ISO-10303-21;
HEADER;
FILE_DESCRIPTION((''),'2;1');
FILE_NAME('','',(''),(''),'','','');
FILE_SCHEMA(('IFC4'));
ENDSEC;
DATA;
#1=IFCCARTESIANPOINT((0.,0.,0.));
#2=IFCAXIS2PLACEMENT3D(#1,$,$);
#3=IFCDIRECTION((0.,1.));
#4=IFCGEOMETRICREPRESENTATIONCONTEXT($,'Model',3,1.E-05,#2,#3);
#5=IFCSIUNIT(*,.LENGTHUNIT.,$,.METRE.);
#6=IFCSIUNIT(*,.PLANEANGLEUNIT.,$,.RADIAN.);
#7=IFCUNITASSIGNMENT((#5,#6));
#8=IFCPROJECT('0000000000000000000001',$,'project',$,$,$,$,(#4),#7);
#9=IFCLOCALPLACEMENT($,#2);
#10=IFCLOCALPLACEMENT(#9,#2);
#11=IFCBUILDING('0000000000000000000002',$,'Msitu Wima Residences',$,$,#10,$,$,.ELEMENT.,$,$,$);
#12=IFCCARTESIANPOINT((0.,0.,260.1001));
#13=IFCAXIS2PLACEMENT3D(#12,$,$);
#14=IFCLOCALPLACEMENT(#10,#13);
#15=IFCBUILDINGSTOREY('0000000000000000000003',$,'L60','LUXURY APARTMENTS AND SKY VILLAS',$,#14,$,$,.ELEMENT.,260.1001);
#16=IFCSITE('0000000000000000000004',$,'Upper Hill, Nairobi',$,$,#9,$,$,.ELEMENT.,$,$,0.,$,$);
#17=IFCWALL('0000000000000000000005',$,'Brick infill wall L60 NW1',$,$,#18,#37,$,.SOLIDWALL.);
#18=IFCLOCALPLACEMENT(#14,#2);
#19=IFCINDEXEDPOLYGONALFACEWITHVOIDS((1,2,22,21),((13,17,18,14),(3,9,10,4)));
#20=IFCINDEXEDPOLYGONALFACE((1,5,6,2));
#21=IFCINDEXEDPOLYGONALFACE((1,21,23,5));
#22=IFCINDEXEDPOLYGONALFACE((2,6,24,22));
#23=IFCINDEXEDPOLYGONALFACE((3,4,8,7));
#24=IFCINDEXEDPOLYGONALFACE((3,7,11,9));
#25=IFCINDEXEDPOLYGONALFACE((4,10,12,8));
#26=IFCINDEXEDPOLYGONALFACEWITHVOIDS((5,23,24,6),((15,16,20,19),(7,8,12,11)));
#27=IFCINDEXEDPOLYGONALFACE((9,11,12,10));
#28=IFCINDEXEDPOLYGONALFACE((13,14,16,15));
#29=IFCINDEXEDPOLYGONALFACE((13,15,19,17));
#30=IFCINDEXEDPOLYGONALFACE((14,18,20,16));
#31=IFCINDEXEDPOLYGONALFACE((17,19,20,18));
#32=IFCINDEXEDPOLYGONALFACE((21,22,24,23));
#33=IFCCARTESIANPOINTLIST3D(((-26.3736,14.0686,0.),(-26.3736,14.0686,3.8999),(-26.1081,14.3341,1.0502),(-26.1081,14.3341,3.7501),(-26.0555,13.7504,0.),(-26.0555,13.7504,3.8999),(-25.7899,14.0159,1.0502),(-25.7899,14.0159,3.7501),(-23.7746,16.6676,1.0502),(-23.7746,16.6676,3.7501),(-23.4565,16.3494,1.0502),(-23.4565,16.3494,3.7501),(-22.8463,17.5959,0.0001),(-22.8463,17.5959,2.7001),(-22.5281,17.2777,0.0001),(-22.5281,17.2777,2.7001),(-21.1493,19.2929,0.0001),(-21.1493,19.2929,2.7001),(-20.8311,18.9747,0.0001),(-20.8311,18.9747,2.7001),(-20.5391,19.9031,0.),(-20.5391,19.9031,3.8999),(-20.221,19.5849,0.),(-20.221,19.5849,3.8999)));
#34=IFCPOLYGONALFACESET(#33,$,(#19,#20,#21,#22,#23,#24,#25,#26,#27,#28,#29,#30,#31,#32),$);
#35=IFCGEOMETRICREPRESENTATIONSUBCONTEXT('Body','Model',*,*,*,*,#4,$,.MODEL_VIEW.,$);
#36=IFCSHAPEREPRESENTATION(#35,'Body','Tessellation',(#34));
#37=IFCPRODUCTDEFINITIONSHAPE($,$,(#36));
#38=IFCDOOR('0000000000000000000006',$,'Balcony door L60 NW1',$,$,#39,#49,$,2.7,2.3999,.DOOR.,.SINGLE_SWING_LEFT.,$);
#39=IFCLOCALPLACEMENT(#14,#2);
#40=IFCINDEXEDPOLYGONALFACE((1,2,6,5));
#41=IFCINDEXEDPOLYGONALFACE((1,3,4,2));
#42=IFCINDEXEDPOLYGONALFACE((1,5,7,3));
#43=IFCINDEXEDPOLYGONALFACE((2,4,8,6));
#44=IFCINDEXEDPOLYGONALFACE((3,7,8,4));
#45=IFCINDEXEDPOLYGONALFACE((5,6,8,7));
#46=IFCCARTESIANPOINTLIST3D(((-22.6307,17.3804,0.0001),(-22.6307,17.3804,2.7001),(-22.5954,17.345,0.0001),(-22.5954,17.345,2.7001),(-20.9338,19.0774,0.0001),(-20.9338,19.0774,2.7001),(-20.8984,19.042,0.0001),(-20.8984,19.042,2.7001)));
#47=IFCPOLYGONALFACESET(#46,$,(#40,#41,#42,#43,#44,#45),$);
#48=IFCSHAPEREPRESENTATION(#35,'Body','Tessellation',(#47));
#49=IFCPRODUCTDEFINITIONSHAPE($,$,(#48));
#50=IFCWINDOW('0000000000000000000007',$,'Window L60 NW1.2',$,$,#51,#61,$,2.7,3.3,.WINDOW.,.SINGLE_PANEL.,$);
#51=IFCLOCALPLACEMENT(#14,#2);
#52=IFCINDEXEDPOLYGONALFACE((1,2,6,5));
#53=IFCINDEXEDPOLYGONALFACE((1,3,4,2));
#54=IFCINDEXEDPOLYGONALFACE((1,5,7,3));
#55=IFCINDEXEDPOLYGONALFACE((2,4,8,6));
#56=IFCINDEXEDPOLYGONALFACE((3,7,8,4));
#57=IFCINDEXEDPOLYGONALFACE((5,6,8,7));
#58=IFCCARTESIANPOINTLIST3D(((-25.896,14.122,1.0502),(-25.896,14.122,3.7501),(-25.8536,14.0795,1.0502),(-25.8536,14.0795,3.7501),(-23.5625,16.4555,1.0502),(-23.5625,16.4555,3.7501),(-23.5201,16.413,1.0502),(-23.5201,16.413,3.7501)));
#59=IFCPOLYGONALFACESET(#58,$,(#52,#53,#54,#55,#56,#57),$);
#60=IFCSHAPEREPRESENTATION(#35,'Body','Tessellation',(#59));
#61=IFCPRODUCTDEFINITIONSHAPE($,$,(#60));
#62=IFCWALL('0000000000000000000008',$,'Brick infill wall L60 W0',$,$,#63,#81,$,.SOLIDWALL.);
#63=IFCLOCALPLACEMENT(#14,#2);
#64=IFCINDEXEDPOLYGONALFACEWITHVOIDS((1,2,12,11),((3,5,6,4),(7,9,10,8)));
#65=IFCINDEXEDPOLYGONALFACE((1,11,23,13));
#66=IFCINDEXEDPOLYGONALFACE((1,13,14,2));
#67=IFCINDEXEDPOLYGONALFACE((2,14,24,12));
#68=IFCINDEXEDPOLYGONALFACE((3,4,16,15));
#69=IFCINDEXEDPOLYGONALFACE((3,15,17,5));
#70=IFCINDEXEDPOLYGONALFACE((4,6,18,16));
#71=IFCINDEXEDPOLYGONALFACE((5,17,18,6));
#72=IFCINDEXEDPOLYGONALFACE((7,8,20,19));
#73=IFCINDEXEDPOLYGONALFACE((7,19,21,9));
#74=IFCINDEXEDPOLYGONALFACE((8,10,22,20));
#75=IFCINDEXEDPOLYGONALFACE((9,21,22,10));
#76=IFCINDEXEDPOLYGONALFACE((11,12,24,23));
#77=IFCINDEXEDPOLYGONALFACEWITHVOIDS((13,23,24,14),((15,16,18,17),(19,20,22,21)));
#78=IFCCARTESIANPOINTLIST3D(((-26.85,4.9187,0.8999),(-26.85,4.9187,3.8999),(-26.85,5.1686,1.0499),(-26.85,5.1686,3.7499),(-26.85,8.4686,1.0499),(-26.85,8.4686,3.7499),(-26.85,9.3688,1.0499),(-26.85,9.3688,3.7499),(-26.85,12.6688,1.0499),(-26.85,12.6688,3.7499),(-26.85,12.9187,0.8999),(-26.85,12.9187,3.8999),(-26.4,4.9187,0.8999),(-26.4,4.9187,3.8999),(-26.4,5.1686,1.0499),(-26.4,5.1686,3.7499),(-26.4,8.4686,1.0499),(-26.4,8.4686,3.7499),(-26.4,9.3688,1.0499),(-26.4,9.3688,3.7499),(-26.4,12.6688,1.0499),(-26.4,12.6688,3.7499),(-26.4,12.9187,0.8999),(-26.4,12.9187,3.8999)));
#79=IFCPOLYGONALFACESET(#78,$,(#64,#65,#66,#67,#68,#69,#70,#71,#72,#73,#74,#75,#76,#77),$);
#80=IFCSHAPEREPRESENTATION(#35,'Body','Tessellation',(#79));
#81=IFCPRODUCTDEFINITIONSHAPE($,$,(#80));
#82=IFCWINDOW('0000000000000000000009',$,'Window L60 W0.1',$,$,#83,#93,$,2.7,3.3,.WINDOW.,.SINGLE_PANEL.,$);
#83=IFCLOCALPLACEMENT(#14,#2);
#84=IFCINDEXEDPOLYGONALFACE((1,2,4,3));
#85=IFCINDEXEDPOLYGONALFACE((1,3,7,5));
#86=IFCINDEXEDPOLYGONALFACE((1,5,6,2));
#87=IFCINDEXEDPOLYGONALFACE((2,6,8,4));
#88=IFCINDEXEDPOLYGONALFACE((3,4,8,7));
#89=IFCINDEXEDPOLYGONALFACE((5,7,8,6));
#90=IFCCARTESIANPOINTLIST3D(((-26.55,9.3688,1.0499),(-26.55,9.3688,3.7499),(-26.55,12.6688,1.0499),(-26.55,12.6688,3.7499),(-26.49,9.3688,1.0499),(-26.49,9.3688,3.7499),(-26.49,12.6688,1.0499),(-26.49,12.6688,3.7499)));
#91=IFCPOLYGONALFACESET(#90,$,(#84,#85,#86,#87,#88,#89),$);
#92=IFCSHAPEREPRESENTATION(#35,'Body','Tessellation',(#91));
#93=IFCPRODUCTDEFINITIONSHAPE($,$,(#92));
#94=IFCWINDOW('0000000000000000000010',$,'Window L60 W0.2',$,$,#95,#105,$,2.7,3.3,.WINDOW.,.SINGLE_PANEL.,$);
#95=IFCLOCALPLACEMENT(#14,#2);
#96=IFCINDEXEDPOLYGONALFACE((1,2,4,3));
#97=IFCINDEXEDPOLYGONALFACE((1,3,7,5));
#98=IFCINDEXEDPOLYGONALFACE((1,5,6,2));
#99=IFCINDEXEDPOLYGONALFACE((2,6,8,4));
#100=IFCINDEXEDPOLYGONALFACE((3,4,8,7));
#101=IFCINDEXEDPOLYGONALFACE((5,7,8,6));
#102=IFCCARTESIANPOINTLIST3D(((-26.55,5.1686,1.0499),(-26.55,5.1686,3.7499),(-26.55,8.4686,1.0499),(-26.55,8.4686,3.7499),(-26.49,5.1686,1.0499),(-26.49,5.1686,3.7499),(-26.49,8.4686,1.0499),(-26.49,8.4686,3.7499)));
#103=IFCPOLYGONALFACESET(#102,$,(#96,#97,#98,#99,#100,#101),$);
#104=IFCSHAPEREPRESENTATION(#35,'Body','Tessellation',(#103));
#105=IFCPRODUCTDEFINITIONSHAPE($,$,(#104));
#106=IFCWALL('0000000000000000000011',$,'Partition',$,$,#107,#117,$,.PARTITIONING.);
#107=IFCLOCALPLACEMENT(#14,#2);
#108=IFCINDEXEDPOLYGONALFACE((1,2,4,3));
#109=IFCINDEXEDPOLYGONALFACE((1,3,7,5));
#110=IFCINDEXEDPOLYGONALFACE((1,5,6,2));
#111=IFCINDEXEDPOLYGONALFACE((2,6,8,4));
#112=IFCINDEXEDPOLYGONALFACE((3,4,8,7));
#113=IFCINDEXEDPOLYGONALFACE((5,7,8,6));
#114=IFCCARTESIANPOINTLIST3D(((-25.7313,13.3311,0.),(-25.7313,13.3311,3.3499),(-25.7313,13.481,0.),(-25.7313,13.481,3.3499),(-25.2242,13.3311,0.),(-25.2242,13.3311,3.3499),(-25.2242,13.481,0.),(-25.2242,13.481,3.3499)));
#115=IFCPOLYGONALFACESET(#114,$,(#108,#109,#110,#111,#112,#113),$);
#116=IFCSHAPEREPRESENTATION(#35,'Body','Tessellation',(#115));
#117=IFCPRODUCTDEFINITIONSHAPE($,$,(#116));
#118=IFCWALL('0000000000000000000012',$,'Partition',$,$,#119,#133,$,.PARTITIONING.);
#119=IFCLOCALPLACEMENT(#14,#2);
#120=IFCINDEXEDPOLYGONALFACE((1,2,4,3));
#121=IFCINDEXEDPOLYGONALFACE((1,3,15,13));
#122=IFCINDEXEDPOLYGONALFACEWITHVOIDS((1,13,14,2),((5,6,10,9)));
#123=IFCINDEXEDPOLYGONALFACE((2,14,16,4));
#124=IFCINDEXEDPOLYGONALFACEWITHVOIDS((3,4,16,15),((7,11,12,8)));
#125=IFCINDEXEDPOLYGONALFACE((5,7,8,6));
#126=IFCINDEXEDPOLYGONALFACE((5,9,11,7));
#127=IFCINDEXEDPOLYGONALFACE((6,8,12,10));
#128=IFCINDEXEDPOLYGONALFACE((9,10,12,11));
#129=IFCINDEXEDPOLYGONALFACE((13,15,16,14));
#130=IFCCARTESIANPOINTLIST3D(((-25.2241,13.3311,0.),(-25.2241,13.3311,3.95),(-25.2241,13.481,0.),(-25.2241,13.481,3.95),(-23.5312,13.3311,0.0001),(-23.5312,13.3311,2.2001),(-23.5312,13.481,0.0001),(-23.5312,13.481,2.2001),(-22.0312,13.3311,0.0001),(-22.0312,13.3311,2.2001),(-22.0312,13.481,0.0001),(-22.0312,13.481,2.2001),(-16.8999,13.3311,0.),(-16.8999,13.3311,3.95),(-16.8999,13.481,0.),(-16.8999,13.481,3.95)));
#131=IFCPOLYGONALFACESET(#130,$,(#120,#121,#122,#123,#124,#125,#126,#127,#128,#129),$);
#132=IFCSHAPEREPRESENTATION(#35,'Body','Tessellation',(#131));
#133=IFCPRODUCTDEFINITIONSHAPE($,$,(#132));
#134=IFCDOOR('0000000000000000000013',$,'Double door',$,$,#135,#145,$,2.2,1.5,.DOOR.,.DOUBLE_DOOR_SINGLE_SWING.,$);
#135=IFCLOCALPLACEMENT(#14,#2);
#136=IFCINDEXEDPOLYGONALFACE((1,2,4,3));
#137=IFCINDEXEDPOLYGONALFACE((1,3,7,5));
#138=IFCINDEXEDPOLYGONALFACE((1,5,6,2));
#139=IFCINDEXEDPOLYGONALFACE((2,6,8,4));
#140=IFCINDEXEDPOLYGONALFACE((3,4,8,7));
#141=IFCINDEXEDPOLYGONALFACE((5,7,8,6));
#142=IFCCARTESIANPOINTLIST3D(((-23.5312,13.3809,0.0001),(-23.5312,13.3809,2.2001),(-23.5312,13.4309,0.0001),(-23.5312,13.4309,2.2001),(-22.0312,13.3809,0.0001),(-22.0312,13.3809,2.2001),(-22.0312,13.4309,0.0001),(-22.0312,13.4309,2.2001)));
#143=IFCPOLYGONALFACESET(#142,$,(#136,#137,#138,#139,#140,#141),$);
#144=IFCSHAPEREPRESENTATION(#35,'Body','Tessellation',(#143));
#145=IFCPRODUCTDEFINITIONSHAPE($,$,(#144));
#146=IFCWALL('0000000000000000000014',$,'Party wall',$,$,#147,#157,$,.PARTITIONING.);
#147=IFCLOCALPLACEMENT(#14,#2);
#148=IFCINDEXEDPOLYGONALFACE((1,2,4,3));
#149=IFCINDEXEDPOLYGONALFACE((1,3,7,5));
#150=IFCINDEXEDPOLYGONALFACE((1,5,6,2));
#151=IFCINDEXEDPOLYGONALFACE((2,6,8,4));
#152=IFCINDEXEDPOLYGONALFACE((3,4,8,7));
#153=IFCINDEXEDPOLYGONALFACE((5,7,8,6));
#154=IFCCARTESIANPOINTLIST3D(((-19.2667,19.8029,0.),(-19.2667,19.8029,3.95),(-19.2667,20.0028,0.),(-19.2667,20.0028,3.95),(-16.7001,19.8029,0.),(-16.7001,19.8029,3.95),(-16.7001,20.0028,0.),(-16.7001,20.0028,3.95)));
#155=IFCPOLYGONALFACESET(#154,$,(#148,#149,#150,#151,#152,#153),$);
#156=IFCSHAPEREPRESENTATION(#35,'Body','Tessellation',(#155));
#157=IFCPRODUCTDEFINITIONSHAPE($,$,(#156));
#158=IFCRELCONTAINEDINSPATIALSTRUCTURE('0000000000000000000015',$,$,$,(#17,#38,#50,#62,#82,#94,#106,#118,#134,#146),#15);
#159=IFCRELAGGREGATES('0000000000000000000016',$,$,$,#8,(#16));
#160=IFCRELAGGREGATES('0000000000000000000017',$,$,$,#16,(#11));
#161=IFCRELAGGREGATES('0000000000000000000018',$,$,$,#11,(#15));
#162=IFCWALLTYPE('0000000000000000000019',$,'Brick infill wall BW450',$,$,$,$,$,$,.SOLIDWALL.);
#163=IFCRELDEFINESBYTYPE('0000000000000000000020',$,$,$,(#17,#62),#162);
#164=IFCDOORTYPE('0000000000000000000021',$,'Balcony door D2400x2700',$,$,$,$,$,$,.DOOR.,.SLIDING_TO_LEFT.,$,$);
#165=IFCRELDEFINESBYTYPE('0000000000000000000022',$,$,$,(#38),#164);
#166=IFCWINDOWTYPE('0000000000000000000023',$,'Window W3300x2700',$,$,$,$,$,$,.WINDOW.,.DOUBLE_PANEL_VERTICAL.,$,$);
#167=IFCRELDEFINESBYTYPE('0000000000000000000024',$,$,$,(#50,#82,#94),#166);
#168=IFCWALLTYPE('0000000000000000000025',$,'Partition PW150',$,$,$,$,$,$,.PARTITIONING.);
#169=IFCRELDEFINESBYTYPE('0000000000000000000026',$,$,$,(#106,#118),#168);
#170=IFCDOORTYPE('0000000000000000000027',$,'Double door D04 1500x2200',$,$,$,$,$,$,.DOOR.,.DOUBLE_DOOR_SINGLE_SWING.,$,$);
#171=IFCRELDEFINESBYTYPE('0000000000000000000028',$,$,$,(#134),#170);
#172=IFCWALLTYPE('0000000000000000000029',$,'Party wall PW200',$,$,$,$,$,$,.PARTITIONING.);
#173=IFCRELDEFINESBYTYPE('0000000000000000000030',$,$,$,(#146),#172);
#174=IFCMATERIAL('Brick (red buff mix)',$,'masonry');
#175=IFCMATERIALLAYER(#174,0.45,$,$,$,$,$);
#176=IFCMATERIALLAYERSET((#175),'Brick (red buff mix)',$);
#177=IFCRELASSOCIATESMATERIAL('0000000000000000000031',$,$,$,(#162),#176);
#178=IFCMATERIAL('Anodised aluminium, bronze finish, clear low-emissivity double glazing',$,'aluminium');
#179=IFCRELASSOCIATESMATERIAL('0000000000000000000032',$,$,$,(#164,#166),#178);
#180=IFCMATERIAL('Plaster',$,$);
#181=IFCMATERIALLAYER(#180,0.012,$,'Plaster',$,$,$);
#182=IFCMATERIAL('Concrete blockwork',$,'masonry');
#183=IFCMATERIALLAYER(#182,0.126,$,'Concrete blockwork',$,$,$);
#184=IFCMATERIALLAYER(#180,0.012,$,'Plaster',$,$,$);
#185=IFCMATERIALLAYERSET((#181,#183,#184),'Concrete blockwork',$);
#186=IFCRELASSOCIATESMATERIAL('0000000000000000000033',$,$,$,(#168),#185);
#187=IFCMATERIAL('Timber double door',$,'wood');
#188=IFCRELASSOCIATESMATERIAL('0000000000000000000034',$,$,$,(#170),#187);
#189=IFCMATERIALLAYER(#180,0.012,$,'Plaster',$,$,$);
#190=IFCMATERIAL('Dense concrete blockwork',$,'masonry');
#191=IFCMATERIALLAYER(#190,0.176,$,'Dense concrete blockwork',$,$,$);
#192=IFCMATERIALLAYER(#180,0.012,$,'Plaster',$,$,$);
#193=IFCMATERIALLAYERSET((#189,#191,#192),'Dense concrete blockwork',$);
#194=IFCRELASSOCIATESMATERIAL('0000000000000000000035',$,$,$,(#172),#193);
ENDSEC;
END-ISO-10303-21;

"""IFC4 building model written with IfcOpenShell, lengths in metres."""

from ifc_helpers import new_model, si_unit, direction, frame, frame_2d, origin, place, context, subcontext, project, spatial, rectangle, extrude, material, layer, layer_set, type_object, element, fill, save


model = new_model("IFC4")

# Units and contexts
model_context = context("Model", 3, precision=1e-05, world=origin(), true_north=direction((0.0, 1.0)))
body_context = subcontext(model_context, "Body", "Model", "MODEL_VIEW")
ifc_project = project(units=[si_unit("LENGTHUNIT", "METRE"), si_unit("PLANEANGLEUNIT", "RADIAN")], contexts=[model_context])

# Site, building, storey
site_placement = place(None, origin())
site = spatial("IfcSite", under=ifc_project, at=site_placement, Name="Upper Hill, Nairobi", CompositionType="ELEMENT", RefElevation=0.0)
building_placement = place(site_placement, origin())
building = spatial("IfcBuilding", under=site, at=building_placement, Name="Msitu Wima Residences", CompositionType="ELEMENT")
storey_placement = place(building_placement, frame((0.0, 0.0, 260.1001)))
storey = spatial("IfcBuildingStorey", under=building, at=storey_placement, Name="L60", Description="LUXURY APARTMENTS AND SKY VILLAS", CompositionType="ELEMENT", Elevation=260.1001)

# Wall, openings, door, window
ifc_material_1 = material(Name="Brick (red buff mix)", Category="masonry")
ifc_layer_1 = layer(ifc_material_1, 0.45)
ifc_layer_set_1 = layer_set([ifc_layer_1], Name="Brick (red buff mix)")
wall_type_1 = type_object("IfcWallType", Name="Brick infill wall BW450", PredefinedType="SOLIDWALL", material=ifc_layer_set_1)
wall_1_placement = place(storey_placement, frame((-20.3801, 19.7439, 0.0), z_axis=(0.0, 0.0, 1.0), x_axis=(-0.707107, -0.707107, 0.0)))
wall_1 = element("IfcWall", 1, at=wall_1_placement, inside=storey, type_object=wall_type_1, Name="Brick infill wall L60 NW1", PredefinedType="SOLIDWALL", context=body_context, shape_type="SweptSolid", body=[
    extrude(rectangle(XDim=8.2512, YDim=0.45, at=frame_2d((4.1255, 0.0))), origin(), (0.0, 0.0, 1.0), 3.8999),
])
opening_1_placement = place(wall_1_placement, frame((0.8628, 0.0, 0.0)))
opening_1 = element("IfcOpeningElement", 2, at=opening_1_placement, cuts=wall_1, PredefinedType="OPENING", context=body_context, shape_type="SweptSolid", body=[
    extrude(rectangle(XDim=2.3999, YDim=2.7, at=frame_2d((1.2, 1.3501))), frame((0.0, 0.2349, 0.0), z_axis=(0.0, -1.0, 0.0), x_axis=(1.0, 0.0, 0.0)), (0.0, 0.0, 1.0), 0.47),
])
opening_2_placement = place(wall_1_placement, frame((4.5757, 0.0, 1.05)))
opening_2 = element("IfcOpeningElement", 3, at=opening_2_placement, cuts=wall_1, PredefinedType="OPENING", context=body_context, shape_type="SweptSolid", body=[
    extrude(rectangle(XDim=3.3, YDim=2.7, at=frame_2d((1.6499, 1.3501))), frame((0.0, 0.2349, 0.0), z_axis=(0.0, -1.0, 0.0), x_axis=(1.0, 0.0, 0.0)), (0.0, 0.0, 1.0), 0.47),
])
ifc_material_2 = material(Name="Anodised aluminium, bronze finish, clear low-emissivity double glazing", Category="aluminium")
door_type_1 = type_object("IfcDoorType", Name="Balcony door D2400x2700", OperationType="SLIDING_TO_LEFT", PredefinedType="DOOR", material=ifc_material_2)
door_1_placement = place(opening_1_placement, origin())
door_1 = element("IfcDoor", 4, at=door_1_placement, inside=storey, type_object=door_type_1, Name="Balcony door L60 NW1", OperationType="SINGLE_SWING_LEFT", OverallHeight=2.7, OverallWidth=2.3999, PredefinedType="DOOR", context=body_context, shape_type="SweptSolid", body=[
    extrude(rectangle(XDim=2.3999, YDim=2.7, at=frame_2d((1.2, 1.3501))), frame((0.0, 0.1299, 0.0), z_axis=(0.0, -1.0, 0.0), x_axis=(1.0, 0.0, 0.0)), (0.0, 0.0, 1.0), 0.05),
])
fill(opening_1, door_1)
window_type = type_object("IfcWindowType", Name="Window W3300x2700", PartitioningType="DOUBLE_PANEL_VERTICAL", PredefinedType="WINDOW", material=ifc_material_2)
window_1_placement = place(opening_2_placement, origin())
window_1 = element("IfcWindow", 5, at=window_1_placement, inside=storey, type_object=window_type, Name="Window L60 NW1.2", OverallHeight=2.7, OverallWidth=3.3, PartitioningType="SINGLE_PANEL", PredefinedType="WINDOW", context=body_context, shape_type="SweptSolid", body=[
    extrude(rectangle(XDim=3.3, YDim=2.7, at=frame_2d((1.6499, 1.3501))), frame((0.0, 0.135, 0.0), z_axis=(0.0, -1.0, 0.0), x_axis=(1.0, 0.0, 0.0)), (0.0, 0.0, 1.0), 0.0601),
])
fill(opening_2, window_1)

# Wall, openings, windows
wall_2_placement = place(storey_placement, frame((-26.625, 12.9187, 0.8999), z_axis=(0.0, 0.0, 1.0), x_axis=(0.0, -1.0, 0.0)))
wall_2 = element("IfcWall", 6, at=wall_2_placement, inside=storey, type_object=wall_type_1, Name="Brick infill wall L60 W0", PredefinedType="SOLIDWALL", context=body_context, shape_type="SweptSolid", body=[
    extrude(rectangle(XDim=8.0, YDim=0.45, at=frame_2d((4.0, 0.0))), origin(), (0.0, 0.0, 1.0), 3.0),
])
opening_3_placement = place(wall_2_placement, frame((0.25, 0.0, 0.1499)))
opening_3 = element("IfcOpeningElement", 7, at=opening_3_placement, cuts=wall_2, PredefinedType="OPENING", context=body_context, shape_type="SweptSolid", body=[
    extrude(rectangle(XDim=3.3, YDim=2.7, at=frame_2d((1.6499, 1.3501))), frame((0.0, 0.2349, 0.0), z_axis=(0.0, -1.0, 0.0), x_axis=(1.0, 0.0, 0.0)), (0.0, 0.0, 1.0), 0.47),
])
opening_4_placement = place(wall_2_placement, frame((4.4502, 0.0, 0.1499)))
opening_4 = element("IfcOpeningElement", 8, at=opening_4_placement, cuts=wall_2, PredefinedType="OPENING", context=body_context, shape_type="SweptSolid", body=[
    extrude(rectangle(XDim=3.3, YDim=2.7, at=frame_2d((1.6499, 1.3501))), frame((0.0, 0.2349, 0.0), z_axis=(0.0, -1.0, 0.0), x_axis=(1.0, 0.0, 0.0)), (0.0, 0.0, 1.0), 0.47),
])
window_2_placement = place(opening_3_placement, origin())
window_2 = element("IfcWindow", 9, at=window_2_placement, inside=storey, type_object=window_type, Name="Window L60 W0.1", OverallHeight=2.7, OverallWidth=3.3, PartitioningType="SINGLE_PANEL", PredefinedType="WINDOW", context=body_context, shape_type="SweptSolid", body=[
    extrude(rectangle(XDim=3.3, YDim=2.7, at=frame_2d((1.6499, 1.3501))), frame((0.0, 0.135, 0.0), z_axis=(0.0, -1.0, 0.0), x_axis=(1.0, 0.0, 0.0)), (0.0, 0.0, 1.0), 0.0601),
])
fill(opening_3, window_2)
window_3_placement = place(opening_4_placement, origin())
window_3 = element("IfcWindow", 10, at=window_3_placement, inside=storey, type_object=window_type, Name="Window L60 W0.2", OverallHeight=2.7, OverallWidth=3.3, PartitioningType="SINGLE_PANEL", PredefinedType="WINDOW", context=body_context, shape_type="SweptSolid", body=[
    extrude(rectangle(XDim=3.3, YDim=2.7, at=frame_2d((1.6499, 1.3501))), frame((0.0, 0.135, 0.0), z_axis=(0.0, -1.0, 0.0), x_axis=(1.0, 0.0, 0.0)), (0.0, 0.0, 1.0), 0.0601),
])
fill(opening_4, window_3)

# Shared definitions
ifc_material_3 = material(Name="Plaster")
ifc_material_4 = material(Name="Concrete blockwork", Category="masonry")

# Wall
ifc_layer_2 = layer(ifc_material_3, 0.012, Name="Plaster")
ifc_layer_3 = layer(ifc_material_4, 0.126, Name="Concrete blockwork")
ifc_layer_4 = layer(ifc_material_3, 0.012, Name="Plaster")
ifc_layer_set_2 = layer_set([ifc_layer_2, ifc_layer_3, ifc_layer_4], Name="Concrete blockwork")
wall_type_2 = type_object("IfcWallType", Name="Partition PW150", PredefinedType="PARTITIONING", material=ifc_layer_set_2)
wall_3_placement = place(storey_placement, frame((-25.7312, 13.406, 0.0), z_axis=(0.0, 0.0, 1.0), x_axis=(1.0, 0.0, 0.0)))
element("IfcWall", 11, at=wall_3_placement, inside=storey, type_object=wall_type_2, Name="Partition", PredefinedType="PARTITIONING", context=body_context, shape_type="SweptSolid", body=[
    extrude(rectangle(XDim=0.5071, YDim=0.1499, at=frame_2d((0.2534, 0.0))), origin(), (0.0, 0.0, 1.0), 3.3499),
])

# Wall, opening, door
wall_4_placement = place(storey_placement, frame((-25.2241, 13.406, 0.0), z_axis=(0.0, 0.0, 1.0), x_axis=(1.0, 0.0, 0.0)))
wall_4 = element("IfcWall", 12, at=wall_4_placement, inside=storey, type_object=wall_type_2, Name="Partition", PredefinedType="PARTITIONING", context=body_context, shape_type="SweptSolid", body=[
    extrude(rectangle(XDim=8.3242, YDim=0.1499, at=frame_2d((4.1621, 0.0))), origin(), (0.0, 0.0, 1.0), 3.95),
])
opening_5_placement = place(wall_4_placement, frame((1.6929, 0.0, 0.0)))
opening_5 = element("IfcOpeningElement", 13, at=opening_5_placement, cuts=wall_4, PredefinedType="OPENING", context=body_context, shape_type="SweptSolid", body=[
    extrude(rectangle(XDim=1.5, YDim=2.2, at=frame_2d((0.75, 1.1001))), frame((0.0, 0.085, 0.0), z_axis=(0.0, -1.0, 0.0), x_axis=(1.0, 0.0, 0.0)), (0.0, 0.0, 1.0), 0.1699),
])
ifc_material_5 = material(Name="Timber double door", Category="wood")
door_type_2 = type_object("IfcDoorType", Name="Double door D04 1500x2200", OperationType="DOUBLE_DOOR_SINGLE_SWING", PredefinedType="DOOR", material=ifc_material_5)
door_2_placement = place(opening_5_placement, origin())
door_2 = element("IfcDoor", 14, at=door_2_placement, inside=storey, type_object=door_type_2, Name="Double door", OperationType="DOUBLE_DOOR_SINGLE_SWING", OverallHeight=2.2, OverallWidth=1.5, PredefinedType="DOOR", context=body_context, shape_type="SweptSolid", body=[
    extrude(rectangle(XDim=1.5, YDim=2.2, at=frame_2d((0.75, 1.1001))), frame((0.0, 0.0249, 0.0), z_axis=(0.0, -1.0, 0.0), x_axis=(1.0, 0.0, 0.0)), (0.0, 0.0, 1.0), 0.05),
])
fill(opening_5, door_2)

# Wall
ifc_layer_5 = layer(ifc_material_3, 0.012, Name="Plaster")
ifc_material_6 = material(Name="Dense concrete blockwork", Category="masonry")
ifc_layer_6 = layer(ifc_material_6, 0.176, Name="Dense concrete blockwork")
ifc_layer_7 = layer(ifc_material_3, 0.012, Name="Plaster")
ifc_layer_set_3 = layer_set([ifc_layer_5, ifc_layer_6, ifc_layer_7], Name="Dense concrete blockwork")
wall_type_3 = type_object("IfcWallType", Name="Party wall PW200", PredefinedType="PARTITIONING", material=ifc_layer_set_3)
wall_5_placement = place(storey_placement, frame((-19.2666, 19.9028, 0.0), z_axis=(0.0, 0.0, 1.0), x_axis=(1.0, 0.0, 0.0)))
element("IfcWall", 15, at=wall_5_placement, inside=storey, type_object=wall_type_3, Name="Party wall", PredefinedType="PARTITIONING", context=body_context, shape_type="SweptSolid", body=[
    extrude(rectangle(XDim=2.5667, YDim=0.2, at=frame_2d((1.2832, 0.0))), origin(), (0.0, 0.0, 1.0), 3.95),
])

save(model, "model.ifc")
